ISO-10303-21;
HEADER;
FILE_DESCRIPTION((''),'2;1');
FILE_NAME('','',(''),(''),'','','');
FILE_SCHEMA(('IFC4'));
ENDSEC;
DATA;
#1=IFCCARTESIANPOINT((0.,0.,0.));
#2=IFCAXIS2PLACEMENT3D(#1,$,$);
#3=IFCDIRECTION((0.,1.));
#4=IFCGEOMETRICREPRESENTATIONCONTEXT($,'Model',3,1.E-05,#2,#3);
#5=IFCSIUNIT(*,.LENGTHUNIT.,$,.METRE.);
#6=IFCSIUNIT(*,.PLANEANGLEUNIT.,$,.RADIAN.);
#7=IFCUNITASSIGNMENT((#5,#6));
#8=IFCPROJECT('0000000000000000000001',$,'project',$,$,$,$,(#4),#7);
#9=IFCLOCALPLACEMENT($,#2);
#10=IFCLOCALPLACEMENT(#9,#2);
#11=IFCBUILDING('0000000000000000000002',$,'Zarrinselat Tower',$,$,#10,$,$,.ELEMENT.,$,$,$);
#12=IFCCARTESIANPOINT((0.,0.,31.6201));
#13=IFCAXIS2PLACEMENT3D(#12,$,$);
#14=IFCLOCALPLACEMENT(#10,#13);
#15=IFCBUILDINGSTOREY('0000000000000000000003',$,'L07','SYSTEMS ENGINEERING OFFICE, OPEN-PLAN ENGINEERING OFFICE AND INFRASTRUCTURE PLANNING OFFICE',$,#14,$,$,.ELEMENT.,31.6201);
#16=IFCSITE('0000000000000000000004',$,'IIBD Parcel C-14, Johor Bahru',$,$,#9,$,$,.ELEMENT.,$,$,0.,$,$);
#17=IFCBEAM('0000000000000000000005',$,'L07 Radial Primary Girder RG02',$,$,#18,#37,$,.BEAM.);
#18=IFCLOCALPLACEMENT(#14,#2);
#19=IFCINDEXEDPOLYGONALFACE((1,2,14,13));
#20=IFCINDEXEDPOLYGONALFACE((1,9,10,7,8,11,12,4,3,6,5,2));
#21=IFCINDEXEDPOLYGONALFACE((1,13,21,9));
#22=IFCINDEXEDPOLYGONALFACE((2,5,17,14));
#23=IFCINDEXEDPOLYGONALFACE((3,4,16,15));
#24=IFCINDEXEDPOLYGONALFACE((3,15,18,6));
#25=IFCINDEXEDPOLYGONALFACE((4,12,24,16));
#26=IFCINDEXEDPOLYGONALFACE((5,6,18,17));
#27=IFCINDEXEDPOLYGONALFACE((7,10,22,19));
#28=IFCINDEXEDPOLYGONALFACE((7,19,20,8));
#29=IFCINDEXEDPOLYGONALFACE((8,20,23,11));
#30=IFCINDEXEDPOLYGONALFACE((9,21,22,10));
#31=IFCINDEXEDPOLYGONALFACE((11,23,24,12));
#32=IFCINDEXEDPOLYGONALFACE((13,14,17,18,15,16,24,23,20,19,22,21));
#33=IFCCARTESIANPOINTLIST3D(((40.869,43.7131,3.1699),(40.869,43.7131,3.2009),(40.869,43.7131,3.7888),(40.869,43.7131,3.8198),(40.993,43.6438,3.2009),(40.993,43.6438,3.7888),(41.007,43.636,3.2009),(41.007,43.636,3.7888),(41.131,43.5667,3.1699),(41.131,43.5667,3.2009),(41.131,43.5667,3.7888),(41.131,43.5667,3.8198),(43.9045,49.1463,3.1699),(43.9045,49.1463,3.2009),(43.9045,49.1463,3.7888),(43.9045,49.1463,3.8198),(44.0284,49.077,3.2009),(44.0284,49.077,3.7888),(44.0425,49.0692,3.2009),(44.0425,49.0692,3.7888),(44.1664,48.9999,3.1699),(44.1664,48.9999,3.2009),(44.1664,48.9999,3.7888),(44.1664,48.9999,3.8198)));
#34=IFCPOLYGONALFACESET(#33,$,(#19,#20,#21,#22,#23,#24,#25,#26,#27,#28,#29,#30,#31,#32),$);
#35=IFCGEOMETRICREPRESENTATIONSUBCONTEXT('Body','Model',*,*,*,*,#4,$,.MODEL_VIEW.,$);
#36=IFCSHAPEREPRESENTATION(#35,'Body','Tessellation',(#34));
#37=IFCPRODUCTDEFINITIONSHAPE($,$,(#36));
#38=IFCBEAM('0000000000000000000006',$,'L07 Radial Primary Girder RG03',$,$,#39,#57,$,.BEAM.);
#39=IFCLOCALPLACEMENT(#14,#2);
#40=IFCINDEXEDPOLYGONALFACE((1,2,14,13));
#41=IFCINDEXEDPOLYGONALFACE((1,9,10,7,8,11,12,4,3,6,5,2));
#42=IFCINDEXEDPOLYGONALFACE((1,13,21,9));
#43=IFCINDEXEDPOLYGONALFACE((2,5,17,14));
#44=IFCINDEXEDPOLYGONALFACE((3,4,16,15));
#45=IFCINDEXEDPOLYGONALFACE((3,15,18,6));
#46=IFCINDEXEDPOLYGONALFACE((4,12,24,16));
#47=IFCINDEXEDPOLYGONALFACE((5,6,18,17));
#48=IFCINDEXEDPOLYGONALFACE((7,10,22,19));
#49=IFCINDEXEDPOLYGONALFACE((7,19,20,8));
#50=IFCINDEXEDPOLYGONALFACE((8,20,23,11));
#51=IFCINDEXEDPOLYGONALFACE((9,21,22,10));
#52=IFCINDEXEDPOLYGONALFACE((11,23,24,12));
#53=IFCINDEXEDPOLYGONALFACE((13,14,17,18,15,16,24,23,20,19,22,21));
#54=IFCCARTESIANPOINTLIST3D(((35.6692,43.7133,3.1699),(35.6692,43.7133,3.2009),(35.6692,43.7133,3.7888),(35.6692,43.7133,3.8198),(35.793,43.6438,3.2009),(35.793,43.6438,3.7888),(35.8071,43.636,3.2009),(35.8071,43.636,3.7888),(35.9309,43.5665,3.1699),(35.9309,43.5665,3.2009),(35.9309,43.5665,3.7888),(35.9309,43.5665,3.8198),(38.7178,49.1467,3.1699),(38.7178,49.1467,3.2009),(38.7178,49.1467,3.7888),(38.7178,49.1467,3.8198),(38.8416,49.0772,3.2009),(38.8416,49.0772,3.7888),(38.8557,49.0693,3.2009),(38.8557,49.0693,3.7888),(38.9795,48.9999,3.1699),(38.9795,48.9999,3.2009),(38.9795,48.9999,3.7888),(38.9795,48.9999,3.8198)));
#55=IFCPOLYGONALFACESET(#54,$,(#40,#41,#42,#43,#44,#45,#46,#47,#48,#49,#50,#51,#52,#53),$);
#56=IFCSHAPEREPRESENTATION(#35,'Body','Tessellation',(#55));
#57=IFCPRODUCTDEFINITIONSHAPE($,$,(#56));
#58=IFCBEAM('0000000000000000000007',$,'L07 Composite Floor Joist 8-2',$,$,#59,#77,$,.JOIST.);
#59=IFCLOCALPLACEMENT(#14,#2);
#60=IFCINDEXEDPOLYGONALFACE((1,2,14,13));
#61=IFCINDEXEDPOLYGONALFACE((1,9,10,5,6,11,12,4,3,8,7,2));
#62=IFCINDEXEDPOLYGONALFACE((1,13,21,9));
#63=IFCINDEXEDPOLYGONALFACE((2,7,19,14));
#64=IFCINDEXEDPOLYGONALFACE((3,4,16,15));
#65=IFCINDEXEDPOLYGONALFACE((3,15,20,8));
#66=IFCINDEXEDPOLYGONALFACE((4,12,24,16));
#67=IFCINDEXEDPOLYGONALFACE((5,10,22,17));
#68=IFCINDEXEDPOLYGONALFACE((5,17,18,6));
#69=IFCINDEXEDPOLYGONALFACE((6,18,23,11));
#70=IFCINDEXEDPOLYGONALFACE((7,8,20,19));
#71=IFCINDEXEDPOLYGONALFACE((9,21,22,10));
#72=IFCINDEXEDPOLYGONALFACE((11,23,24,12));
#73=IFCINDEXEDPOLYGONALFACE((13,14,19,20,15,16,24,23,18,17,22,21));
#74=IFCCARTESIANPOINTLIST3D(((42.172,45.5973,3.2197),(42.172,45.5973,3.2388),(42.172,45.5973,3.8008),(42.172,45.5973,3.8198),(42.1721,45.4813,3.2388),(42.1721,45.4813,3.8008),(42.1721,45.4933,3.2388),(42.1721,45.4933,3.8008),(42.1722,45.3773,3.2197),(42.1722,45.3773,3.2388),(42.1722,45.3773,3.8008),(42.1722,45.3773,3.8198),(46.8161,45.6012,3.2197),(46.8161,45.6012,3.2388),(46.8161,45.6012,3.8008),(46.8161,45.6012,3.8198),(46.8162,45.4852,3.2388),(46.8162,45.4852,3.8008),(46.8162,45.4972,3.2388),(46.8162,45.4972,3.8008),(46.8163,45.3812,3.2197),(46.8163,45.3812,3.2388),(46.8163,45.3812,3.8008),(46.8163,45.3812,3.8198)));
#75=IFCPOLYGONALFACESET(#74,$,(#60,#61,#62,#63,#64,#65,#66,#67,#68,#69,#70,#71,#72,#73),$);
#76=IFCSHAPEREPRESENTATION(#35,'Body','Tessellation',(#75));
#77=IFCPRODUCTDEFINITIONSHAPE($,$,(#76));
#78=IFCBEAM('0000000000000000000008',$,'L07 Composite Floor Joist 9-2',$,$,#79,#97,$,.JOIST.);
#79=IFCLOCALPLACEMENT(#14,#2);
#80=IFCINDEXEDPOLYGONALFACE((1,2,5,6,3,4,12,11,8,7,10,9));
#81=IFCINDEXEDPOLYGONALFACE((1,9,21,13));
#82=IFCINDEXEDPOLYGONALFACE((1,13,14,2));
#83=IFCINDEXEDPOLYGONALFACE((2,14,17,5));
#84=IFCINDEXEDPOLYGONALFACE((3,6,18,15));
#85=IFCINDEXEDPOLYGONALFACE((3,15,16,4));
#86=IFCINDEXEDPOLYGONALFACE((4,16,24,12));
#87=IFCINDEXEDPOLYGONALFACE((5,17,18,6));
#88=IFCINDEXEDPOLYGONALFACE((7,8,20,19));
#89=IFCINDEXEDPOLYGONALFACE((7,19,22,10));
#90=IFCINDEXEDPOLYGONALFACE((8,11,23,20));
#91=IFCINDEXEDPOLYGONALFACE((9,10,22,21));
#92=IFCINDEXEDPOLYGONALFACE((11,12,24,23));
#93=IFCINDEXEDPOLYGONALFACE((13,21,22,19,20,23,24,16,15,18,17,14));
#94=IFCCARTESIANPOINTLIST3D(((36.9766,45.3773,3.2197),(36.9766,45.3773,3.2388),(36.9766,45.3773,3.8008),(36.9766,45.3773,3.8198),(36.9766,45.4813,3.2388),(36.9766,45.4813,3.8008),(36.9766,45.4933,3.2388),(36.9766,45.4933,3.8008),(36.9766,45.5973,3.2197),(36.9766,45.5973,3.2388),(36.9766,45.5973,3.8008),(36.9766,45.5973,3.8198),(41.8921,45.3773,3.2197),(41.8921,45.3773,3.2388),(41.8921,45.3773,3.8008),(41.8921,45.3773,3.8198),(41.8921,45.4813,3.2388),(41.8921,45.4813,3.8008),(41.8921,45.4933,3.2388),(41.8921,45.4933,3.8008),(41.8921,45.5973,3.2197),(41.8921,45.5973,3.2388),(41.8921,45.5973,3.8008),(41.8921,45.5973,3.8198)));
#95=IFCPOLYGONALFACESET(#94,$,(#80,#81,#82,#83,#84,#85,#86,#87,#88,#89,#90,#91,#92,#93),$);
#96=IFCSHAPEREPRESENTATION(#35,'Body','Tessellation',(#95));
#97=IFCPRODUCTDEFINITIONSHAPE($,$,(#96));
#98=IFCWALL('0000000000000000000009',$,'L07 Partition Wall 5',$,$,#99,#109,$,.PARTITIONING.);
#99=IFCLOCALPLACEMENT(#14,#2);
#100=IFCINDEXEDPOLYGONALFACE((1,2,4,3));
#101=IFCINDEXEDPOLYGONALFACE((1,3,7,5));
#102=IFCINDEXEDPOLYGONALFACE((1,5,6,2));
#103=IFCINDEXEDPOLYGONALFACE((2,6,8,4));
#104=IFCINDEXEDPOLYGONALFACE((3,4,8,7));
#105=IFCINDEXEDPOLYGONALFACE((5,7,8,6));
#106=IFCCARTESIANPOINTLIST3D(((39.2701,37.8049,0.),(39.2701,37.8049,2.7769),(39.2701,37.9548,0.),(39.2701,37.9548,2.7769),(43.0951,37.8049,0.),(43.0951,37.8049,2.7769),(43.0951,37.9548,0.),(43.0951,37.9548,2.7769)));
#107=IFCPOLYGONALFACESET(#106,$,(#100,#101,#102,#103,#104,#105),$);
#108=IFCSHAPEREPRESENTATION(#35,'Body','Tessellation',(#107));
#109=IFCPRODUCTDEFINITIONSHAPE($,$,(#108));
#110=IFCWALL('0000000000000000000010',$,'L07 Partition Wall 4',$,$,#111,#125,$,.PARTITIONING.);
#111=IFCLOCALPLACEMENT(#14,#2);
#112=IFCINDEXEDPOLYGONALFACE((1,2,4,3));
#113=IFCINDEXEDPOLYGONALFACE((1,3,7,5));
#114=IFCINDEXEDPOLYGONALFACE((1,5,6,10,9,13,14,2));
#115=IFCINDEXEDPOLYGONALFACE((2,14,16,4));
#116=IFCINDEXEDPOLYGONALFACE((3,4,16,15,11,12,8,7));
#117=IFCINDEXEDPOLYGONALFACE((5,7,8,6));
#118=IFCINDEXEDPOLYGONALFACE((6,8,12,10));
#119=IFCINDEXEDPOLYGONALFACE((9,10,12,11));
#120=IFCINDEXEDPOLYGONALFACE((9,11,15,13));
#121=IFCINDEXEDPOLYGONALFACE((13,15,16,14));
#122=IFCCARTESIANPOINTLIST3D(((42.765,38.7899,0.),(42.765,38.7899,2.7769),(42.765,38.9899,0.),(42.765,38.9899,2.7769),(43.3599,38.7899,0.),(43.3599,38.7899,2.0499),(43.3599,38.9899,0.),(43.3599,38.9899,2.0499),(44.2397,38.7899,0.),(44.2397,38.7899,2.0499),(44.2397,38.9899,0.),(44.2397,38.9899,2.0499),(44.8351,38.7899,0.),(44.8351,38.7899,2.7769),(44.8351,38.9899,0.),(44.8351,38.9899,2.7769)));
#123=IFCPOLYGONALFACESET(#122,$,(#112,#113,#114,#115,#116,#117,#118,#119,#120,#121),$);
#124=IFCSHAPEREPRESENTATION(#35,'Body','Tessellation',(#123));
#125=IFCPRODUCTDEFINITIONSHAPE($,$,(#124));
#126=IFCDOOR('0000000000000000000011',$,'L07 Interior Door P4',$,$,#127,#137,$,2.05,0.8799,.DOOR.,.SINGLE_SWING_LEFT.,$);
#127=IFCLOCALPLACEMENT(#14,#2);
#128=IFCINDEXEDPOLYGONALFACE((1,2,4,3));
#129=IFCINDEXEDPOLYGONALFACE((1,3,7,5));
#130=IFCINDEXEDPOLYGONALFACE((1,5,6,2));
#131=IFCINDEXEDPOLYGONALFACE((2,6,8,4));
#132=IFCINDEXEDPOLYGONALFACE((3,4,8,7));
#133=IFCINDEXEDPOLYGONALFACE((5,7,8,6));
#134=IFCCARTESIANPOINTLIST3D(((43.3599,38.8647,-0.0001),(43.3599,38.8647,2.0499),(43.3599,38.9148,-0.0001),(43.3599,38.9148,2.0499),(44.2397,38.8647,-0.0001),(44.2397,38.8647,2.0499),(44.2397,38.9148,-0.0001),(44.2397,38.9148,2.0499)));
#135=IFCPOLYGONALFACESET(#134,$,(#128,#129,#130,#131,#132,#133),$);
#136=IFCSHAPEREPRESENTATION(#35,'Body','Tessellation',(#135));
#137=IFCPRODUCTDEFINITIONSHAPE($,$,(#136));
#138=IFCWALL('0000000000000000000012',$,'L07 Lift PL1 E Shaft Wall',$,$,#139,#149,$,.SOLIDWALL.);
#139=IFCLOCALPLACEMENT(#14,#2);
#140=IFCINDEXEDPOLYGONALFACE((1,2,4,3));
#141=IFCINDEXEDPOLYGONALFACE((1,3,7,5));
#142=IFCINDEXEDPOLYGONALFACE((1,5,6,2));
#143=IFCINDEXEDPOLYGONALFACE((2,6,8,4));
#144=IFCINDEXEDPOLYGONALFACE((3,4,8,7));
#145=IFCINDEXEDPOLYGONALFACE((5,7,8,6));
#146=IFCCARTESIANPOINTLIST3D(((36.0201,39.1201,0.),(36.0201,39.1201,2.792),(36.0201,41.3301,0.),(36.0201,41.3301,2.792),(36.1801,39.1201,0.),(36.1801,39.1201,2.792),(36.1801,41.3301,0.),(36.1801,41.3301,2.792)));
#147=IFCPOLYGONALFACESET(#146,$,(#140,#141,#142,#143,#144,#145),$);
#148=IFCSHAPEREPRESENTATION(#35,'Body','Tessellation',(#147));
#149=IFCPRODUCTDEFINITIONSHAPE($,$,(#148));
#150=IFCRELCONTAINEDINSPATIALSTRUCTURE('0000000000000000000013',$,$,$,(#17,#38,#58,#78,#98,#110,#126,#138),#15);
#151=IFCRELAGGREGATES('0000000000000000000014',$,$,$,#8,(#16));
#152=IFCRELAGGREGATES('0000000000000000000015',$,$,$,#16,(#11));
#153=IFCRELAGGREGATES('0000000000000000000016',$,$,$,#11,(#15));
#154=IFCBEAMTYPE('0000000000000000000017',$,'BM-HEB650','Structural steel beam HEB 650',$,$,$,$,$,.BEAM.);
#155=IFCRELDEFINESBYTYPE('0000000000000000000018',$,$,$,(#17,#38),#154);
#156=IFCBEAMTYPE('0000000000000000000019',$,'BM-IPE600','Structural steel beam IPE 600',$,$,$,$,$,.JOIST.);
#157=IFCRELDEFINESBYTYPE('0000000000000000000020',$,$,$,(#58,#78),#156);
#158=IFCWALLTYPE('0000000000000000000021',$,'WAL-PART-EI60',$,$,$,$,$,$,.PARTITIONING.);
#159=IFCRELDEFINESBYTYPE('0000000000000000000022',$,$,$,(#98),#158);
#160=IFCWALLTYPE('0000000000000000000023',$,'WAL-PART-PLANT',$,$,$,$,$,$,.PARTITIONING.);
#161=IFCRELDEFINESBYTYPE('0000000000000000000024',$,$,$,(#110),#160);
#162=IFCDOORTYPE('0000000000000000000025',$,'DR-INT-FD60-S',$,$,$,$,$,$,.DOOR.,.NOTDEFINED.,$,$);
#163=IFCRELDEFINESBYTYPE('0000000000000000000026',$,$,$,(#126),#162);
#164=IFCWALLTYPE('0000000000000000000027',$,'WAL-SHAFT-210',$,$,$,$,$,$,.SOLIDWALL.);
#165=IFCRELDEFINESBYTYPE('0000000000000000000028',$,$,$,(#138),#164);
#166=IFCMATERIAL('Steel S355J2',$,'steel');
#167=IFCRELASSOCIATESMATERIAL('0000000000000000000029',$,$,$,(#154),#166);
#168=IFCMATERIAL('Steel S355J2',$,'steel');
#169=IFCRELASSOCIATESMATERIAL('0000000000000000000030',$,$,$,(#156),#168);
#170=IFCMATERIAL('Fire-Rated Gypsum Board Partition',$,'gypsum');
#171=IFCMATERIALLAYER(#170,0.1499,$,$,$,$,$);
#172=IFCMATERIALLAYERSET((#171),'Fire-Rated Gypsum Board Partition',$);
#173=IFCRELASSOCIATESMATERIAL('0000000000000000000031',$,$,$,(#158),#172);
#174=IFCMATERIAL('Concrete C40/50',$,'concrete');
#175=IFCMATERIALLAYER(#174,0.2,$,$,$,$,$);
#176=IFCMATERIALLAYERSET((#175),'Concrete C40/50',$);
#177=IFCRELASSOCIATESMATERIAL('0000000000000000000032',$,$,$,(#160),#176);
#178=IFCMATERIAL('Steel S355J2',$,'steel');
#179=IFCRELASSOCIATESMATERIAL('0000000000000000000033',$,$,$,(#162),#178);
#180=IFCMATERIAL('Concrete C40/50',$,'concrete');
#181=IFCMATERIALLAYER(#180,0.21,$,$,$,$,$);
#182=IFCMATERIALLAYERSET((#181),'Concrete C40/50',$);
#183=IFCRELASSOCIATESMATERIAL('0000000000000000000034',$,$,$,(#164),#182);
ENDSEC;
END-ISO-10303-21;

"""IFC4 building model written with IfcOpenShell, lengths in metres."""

from ifc_helpers import new_model, si_unit, direction, frame, frame_2d, origin, origin_2d, place, context, subcontext, project, spatial, rectangle, i_section, extrude, material, layer, layer_set, material_profile, profile_set, type_object, element, fill, save


model = new_model("IFC4")

# Units and contexts
model_context = context("Model", 3, precision=1e-05, world=origin(), true_north=direction((0.0, 1.0)))
body_context = subcontext(model_context, "Body", "Model", "MODEL_VIEW")
ifc_project = project(units=[si_unit("LENGTHUNIT", "METRE"), si_unit("PLANEANGLEUNIT", "RADIAN")], contexts=[model_context])

# Site, building, storey
site_placement = place(None, origin())
site = spatial("IfcSite", under=ifc_project, at=site_placement, Name="IIBD Parcel C-14, Johor Bahru", CompositionType="ELEMENT", RefElevation=0.0)
building_placement = place(site_placement, origin())
building = spatial("IfcBuilding", under=site, at=building_placement, Name="Zarrinselat Tower", CompositionType="ELEMENT")
storey_placement = place(building_placement, frame((0.0, 0.0, 31.6201)))
storey = spatial("IfcBuildingStorey", under=building, at=storey_placement, Name="L07", Description="SYSTEMS ENGINEERING OFFICE, OPEN-PLAN ENGINEERING OFFICE AND INFRASTRUCTURE PLANNING OFFICE", CompositionType="ELEMENT", Elevation=31.6201)

# Beams
ifc_material_1 = material(Name="Steel S355J2", Category="steel")
ifc_material_profile_1 = material_profile(ifc_material_1, i_section(OverallWidth=0.3, OverallDepth=0.6499, WebThickness=0.0161, FlangeThickness=0.031, at=origin_2d()), Name="HEB 650")
ifc_profile_set_1 = profile_set([ifc_material_profile_1], Name="Steel S355J2")
beam_type_1 = type_object("IfcBeamType", Name="BM-HEB650", Description="Structural steel beam HEB 650", PredefinedType="BEAM", material=ifc_profile_set_1)
beam_1_placement = place(storey_placement, frame((41.0, 43.6399, 3.4949), z_axis=(0.48773, 0.872995, 0.0), x_axis=(-0.872995, 0.48773, 0.0)))
element("IfcBeam", 1, at=beam_1_placement, inside=storey, type_object=beam_type_1, Name="L07 Radial Primary Girder RG02", PredefinedType="BEAM", context=body_context, shape_type="SweptSolid", body=[
    extrude(i_section(OverallWidth=0.3, OverallDepth=0.6499, WebThickness=0.0161, FlangeThickness=0.031, at=origin_2d()), origin(), (0.0, 0.0, 1.0), 6.2236),
])
beam_2_placement = place(storey_placement, frame((35.8, 43.6399, 3.4949), z_axis=(0.489325, 0.872101, 0.0), x_axis=(-0.872101, 0.489325, 0.0)))
element("IfcBeam", 2, at=beam_2_placement, inside=storey, type_object=beam_type_1, Name="L07 Radial Primary Girder RG03", PredefinedType="BEAM", context=body_context, shape_type="SweptSolid", body=[
    extrude(i_section(OverallWidth=0.3, OverallDepth=0.6499, WebThickness=0.0161, FlangeThickness=0.031, at=origin_2d()), origin(), (0.0, 0.0, 1.0), 6.2302),
])
ifc_material_2 = material(Name="Steel S355J2", Category="steel")
ifc_material_profile_2 = material_profile(ifc_material_2, i_section(OverallWidth=0.22, OverallDepth=0.6001, WebThickness=0.012, FlangeThickness=0.019, at=origin_2d()), Name="IPE 600")
ifc_profile_set_2 = profile_set([ifc_material_profile_2], Name="Steel S355J2")
beam_type_2 = type_object("IfcBeamType", Name="BM-IPE600", Description="Structural steel beam IPE 600", PredefinedType="JOIST", material=ifc_profile_set_2)
beam_3_placement = place(storey_placement, frame((42.1721, 45.4873, 3.5198), z_axis=(1.0, 0.000841, 0.0), x_axis=(-0.000841, 1.0, 0.0)))
element("IfcBeam", 3, at=beam_3_placement, inside=storey, type_object=beam_type_2, Name="L07 Composite Floor Joist 8-2", PredefinedType="JOIST", context=body_context, shape_type="SweptSolid", body=[
    extrude(i_section(OverallWidth=0.22, OverallDepth=0.6001, WebThickness=0.012, FlangeThickness=0.019, at=origin_2d()), origin(), (0.0, 0.0, 1.0), 4.644),
])
beam_4_placement = place(storey_placement, frame((36.9766, 45.4873, 3.5198), z_axis=(1.0, 0.0, 0.0), x_axis=(0.0, 1.0, 0.0)))
element("IfcBeam", 4, at=beam_4_placement, inside=storey, type_object=beam_type_2, Name="L07 Composite Floor Joist 9-2", PredefinedType="JOIST", context=body_context, shape_type="SweptSolid", body=[
    extrude(i_section(OverallWidth=0.22, OverallDepth=0.6001, WebThickness=0.012, FlangeThickness=0.019, at=origin_2d()), origin(), (0.0, 0.0, 1.0), 4.9155),
])

# Wall
ifc_material_3 = material(Name="Fire-Rated Gypsum Board Partition", Category="gypsum")
ifc_layer_1 = layer(ifc_material_3, 0.1499)
ifc_layer_set_1 = layer_set([ifc_layer_1], Name="Fire-Rated Gypsum Board Partition")
wall_type_1 = type_object("IfcWallType", Name="WAL-PART-EI60", PredefinedType="PARTITIONING", material=ifc_layer_set_1)
wall_1_placement = place(storey_placement, frame((39.27, 37.8799, 0.0), z_axis=(0.0, 0.0, 1.0), x_axis=(1.0, 0.0, 0.0)))
element("IfcWall", 5, at=wall_1_placement, inside=storey, type_object=wall_type_1, Name="L07 Partition Wall 5", PredefinedType="PARTITIONING", context=body_context, shape_type="SweptSolid", body=[
    extrude(rectangle(XDim=3.825, YDim=0.1499, at=frame_2d((1.9126, 0.0))), origin(), (0.0, 0.0, 1.0), 2.7769),
])

# Wall, opening, door
ifc_material_4 = material(Name="Concrete C40/50", Category="concrete")
ifc_layer_2 = layer(ifc_material_4, 0.2)
ifc_layer_set_2 = layer_set([ifc_layer_2], Name="Concrete C40/50")
wall_type_2 = type_object("IfcWallType", Name="WAL-PART-PLANT", PredefinedType="PARTITIONING", material=ifc_layer_set_2)
wall_2_placement = place(storey_placement, frame((42.7649, 38.8899, 0.0), z_axis=(0.0, 0.0, 1.0), x_axis=(1.0, 0.0, 0.0)))
wall_2 = element("IfcWall", 6, at=wall_2_placement, inside=storey, type_object=wall_type_2, Name="L07 Partition Wall 4", PredefinedType="PARTITIONING", context=body_context, shape_type="SweptSolid", body=[
    extrude(rectangle(XDim=2.0701, YDim=0.2, at=frame_2d((1.0352, 0.0))), origin(), (0.0, 0.0, 1.0), 2.7769),
])
opening_1_placement = place(wall_2_placement, frame((0.595, 0.0, 0.0)))
opening_1 = element("IfcOpeningElement", 7, at=opening_1_placement, cuts=wall_2, PredefinedType="OPENING", context=body_context, shape_type="SweptSolid", body=[
    extrude(rectangle(XDim=0.8799, YDim=2.05, at=frame_2d((0.4399, 1.0249))), frame((0.0, 0.1099, 0.0), z_axis=(0.0, -1.0, 0.0), x_axis=(1.0, 0.0, 0.0)), (0.0, 0.0, 1.0), 0.22),
])
ifc_material_5 = material(Name="Steel S355J2", Category="steel")
door_type_1 = type_object("IfcDoorType", Name="DR-INT-FD60-S", OperationType="NOTDEFINED", PredefinedType="DOOR", material=ifc_material_5)
door_1_placement = place(opening_1_placement, origin())
door_1 = element("IfcDoor", 8, at=door_1_placement, inside=storey, type_object=door_type_1, Name="L07 Interior Door P4", OperationType="SINGLE_SWING_LEFT", OverallHeight=2.05, OverallWidth=0.8799, PredefinedType="DOOR", context=body_context, shape_type="SweptSolid", body=[
    extrude(rectangle(XDim=0.8799, YDim=2.05, at=frame_2d((0.4399, 1.0249))), frame((0.0, 0.0249, 0.0), z_axis=(0.0, -1.0, 0.0), x_axis=(1.0, 0.0, 0.0)), (0.0, 0.0, 1.0), 0.05),
])
fill(opening_1, door_1)

# Wall
ifc_material_6 = material(Name="Concrete C40/50", Category="concrete")
ifc_layer_3 = layer(ifc_material_6, 0.21)
ifc_layer_set_3 = layer_set([ifc_layer_3], Name="Concrete C40/50")
wall_type_3 = type_object("IfcWallType", Name="WAL-SHAFT-210", PredefinedType="SOLIDWALL", material=ifc_layer_set_3)
wall_3_placement = place(storey_placement, frame((36.1001, 39.1201, 0.0), z_axis=(0.0, 0.0, 1.0), x_axis=(0.0, 1.0, 0.0)))
element("IfcWall", 9, at=wall_3_placement, inside=storey, type_object=wall_type_3, Name="L07 Lift PL1 E Shaft Wall", PredefinedType="SOLIDWALL", context=body_context, shape_type="SweptSolid", body=[
    extrude(rectangle(XDim=2.21, YDim=0.1599, at=frame_2d((1.105, 0.0))), origin(), (0.0, 0.0, 1.0), 2.792),
])

save(model, "model.ifc")
